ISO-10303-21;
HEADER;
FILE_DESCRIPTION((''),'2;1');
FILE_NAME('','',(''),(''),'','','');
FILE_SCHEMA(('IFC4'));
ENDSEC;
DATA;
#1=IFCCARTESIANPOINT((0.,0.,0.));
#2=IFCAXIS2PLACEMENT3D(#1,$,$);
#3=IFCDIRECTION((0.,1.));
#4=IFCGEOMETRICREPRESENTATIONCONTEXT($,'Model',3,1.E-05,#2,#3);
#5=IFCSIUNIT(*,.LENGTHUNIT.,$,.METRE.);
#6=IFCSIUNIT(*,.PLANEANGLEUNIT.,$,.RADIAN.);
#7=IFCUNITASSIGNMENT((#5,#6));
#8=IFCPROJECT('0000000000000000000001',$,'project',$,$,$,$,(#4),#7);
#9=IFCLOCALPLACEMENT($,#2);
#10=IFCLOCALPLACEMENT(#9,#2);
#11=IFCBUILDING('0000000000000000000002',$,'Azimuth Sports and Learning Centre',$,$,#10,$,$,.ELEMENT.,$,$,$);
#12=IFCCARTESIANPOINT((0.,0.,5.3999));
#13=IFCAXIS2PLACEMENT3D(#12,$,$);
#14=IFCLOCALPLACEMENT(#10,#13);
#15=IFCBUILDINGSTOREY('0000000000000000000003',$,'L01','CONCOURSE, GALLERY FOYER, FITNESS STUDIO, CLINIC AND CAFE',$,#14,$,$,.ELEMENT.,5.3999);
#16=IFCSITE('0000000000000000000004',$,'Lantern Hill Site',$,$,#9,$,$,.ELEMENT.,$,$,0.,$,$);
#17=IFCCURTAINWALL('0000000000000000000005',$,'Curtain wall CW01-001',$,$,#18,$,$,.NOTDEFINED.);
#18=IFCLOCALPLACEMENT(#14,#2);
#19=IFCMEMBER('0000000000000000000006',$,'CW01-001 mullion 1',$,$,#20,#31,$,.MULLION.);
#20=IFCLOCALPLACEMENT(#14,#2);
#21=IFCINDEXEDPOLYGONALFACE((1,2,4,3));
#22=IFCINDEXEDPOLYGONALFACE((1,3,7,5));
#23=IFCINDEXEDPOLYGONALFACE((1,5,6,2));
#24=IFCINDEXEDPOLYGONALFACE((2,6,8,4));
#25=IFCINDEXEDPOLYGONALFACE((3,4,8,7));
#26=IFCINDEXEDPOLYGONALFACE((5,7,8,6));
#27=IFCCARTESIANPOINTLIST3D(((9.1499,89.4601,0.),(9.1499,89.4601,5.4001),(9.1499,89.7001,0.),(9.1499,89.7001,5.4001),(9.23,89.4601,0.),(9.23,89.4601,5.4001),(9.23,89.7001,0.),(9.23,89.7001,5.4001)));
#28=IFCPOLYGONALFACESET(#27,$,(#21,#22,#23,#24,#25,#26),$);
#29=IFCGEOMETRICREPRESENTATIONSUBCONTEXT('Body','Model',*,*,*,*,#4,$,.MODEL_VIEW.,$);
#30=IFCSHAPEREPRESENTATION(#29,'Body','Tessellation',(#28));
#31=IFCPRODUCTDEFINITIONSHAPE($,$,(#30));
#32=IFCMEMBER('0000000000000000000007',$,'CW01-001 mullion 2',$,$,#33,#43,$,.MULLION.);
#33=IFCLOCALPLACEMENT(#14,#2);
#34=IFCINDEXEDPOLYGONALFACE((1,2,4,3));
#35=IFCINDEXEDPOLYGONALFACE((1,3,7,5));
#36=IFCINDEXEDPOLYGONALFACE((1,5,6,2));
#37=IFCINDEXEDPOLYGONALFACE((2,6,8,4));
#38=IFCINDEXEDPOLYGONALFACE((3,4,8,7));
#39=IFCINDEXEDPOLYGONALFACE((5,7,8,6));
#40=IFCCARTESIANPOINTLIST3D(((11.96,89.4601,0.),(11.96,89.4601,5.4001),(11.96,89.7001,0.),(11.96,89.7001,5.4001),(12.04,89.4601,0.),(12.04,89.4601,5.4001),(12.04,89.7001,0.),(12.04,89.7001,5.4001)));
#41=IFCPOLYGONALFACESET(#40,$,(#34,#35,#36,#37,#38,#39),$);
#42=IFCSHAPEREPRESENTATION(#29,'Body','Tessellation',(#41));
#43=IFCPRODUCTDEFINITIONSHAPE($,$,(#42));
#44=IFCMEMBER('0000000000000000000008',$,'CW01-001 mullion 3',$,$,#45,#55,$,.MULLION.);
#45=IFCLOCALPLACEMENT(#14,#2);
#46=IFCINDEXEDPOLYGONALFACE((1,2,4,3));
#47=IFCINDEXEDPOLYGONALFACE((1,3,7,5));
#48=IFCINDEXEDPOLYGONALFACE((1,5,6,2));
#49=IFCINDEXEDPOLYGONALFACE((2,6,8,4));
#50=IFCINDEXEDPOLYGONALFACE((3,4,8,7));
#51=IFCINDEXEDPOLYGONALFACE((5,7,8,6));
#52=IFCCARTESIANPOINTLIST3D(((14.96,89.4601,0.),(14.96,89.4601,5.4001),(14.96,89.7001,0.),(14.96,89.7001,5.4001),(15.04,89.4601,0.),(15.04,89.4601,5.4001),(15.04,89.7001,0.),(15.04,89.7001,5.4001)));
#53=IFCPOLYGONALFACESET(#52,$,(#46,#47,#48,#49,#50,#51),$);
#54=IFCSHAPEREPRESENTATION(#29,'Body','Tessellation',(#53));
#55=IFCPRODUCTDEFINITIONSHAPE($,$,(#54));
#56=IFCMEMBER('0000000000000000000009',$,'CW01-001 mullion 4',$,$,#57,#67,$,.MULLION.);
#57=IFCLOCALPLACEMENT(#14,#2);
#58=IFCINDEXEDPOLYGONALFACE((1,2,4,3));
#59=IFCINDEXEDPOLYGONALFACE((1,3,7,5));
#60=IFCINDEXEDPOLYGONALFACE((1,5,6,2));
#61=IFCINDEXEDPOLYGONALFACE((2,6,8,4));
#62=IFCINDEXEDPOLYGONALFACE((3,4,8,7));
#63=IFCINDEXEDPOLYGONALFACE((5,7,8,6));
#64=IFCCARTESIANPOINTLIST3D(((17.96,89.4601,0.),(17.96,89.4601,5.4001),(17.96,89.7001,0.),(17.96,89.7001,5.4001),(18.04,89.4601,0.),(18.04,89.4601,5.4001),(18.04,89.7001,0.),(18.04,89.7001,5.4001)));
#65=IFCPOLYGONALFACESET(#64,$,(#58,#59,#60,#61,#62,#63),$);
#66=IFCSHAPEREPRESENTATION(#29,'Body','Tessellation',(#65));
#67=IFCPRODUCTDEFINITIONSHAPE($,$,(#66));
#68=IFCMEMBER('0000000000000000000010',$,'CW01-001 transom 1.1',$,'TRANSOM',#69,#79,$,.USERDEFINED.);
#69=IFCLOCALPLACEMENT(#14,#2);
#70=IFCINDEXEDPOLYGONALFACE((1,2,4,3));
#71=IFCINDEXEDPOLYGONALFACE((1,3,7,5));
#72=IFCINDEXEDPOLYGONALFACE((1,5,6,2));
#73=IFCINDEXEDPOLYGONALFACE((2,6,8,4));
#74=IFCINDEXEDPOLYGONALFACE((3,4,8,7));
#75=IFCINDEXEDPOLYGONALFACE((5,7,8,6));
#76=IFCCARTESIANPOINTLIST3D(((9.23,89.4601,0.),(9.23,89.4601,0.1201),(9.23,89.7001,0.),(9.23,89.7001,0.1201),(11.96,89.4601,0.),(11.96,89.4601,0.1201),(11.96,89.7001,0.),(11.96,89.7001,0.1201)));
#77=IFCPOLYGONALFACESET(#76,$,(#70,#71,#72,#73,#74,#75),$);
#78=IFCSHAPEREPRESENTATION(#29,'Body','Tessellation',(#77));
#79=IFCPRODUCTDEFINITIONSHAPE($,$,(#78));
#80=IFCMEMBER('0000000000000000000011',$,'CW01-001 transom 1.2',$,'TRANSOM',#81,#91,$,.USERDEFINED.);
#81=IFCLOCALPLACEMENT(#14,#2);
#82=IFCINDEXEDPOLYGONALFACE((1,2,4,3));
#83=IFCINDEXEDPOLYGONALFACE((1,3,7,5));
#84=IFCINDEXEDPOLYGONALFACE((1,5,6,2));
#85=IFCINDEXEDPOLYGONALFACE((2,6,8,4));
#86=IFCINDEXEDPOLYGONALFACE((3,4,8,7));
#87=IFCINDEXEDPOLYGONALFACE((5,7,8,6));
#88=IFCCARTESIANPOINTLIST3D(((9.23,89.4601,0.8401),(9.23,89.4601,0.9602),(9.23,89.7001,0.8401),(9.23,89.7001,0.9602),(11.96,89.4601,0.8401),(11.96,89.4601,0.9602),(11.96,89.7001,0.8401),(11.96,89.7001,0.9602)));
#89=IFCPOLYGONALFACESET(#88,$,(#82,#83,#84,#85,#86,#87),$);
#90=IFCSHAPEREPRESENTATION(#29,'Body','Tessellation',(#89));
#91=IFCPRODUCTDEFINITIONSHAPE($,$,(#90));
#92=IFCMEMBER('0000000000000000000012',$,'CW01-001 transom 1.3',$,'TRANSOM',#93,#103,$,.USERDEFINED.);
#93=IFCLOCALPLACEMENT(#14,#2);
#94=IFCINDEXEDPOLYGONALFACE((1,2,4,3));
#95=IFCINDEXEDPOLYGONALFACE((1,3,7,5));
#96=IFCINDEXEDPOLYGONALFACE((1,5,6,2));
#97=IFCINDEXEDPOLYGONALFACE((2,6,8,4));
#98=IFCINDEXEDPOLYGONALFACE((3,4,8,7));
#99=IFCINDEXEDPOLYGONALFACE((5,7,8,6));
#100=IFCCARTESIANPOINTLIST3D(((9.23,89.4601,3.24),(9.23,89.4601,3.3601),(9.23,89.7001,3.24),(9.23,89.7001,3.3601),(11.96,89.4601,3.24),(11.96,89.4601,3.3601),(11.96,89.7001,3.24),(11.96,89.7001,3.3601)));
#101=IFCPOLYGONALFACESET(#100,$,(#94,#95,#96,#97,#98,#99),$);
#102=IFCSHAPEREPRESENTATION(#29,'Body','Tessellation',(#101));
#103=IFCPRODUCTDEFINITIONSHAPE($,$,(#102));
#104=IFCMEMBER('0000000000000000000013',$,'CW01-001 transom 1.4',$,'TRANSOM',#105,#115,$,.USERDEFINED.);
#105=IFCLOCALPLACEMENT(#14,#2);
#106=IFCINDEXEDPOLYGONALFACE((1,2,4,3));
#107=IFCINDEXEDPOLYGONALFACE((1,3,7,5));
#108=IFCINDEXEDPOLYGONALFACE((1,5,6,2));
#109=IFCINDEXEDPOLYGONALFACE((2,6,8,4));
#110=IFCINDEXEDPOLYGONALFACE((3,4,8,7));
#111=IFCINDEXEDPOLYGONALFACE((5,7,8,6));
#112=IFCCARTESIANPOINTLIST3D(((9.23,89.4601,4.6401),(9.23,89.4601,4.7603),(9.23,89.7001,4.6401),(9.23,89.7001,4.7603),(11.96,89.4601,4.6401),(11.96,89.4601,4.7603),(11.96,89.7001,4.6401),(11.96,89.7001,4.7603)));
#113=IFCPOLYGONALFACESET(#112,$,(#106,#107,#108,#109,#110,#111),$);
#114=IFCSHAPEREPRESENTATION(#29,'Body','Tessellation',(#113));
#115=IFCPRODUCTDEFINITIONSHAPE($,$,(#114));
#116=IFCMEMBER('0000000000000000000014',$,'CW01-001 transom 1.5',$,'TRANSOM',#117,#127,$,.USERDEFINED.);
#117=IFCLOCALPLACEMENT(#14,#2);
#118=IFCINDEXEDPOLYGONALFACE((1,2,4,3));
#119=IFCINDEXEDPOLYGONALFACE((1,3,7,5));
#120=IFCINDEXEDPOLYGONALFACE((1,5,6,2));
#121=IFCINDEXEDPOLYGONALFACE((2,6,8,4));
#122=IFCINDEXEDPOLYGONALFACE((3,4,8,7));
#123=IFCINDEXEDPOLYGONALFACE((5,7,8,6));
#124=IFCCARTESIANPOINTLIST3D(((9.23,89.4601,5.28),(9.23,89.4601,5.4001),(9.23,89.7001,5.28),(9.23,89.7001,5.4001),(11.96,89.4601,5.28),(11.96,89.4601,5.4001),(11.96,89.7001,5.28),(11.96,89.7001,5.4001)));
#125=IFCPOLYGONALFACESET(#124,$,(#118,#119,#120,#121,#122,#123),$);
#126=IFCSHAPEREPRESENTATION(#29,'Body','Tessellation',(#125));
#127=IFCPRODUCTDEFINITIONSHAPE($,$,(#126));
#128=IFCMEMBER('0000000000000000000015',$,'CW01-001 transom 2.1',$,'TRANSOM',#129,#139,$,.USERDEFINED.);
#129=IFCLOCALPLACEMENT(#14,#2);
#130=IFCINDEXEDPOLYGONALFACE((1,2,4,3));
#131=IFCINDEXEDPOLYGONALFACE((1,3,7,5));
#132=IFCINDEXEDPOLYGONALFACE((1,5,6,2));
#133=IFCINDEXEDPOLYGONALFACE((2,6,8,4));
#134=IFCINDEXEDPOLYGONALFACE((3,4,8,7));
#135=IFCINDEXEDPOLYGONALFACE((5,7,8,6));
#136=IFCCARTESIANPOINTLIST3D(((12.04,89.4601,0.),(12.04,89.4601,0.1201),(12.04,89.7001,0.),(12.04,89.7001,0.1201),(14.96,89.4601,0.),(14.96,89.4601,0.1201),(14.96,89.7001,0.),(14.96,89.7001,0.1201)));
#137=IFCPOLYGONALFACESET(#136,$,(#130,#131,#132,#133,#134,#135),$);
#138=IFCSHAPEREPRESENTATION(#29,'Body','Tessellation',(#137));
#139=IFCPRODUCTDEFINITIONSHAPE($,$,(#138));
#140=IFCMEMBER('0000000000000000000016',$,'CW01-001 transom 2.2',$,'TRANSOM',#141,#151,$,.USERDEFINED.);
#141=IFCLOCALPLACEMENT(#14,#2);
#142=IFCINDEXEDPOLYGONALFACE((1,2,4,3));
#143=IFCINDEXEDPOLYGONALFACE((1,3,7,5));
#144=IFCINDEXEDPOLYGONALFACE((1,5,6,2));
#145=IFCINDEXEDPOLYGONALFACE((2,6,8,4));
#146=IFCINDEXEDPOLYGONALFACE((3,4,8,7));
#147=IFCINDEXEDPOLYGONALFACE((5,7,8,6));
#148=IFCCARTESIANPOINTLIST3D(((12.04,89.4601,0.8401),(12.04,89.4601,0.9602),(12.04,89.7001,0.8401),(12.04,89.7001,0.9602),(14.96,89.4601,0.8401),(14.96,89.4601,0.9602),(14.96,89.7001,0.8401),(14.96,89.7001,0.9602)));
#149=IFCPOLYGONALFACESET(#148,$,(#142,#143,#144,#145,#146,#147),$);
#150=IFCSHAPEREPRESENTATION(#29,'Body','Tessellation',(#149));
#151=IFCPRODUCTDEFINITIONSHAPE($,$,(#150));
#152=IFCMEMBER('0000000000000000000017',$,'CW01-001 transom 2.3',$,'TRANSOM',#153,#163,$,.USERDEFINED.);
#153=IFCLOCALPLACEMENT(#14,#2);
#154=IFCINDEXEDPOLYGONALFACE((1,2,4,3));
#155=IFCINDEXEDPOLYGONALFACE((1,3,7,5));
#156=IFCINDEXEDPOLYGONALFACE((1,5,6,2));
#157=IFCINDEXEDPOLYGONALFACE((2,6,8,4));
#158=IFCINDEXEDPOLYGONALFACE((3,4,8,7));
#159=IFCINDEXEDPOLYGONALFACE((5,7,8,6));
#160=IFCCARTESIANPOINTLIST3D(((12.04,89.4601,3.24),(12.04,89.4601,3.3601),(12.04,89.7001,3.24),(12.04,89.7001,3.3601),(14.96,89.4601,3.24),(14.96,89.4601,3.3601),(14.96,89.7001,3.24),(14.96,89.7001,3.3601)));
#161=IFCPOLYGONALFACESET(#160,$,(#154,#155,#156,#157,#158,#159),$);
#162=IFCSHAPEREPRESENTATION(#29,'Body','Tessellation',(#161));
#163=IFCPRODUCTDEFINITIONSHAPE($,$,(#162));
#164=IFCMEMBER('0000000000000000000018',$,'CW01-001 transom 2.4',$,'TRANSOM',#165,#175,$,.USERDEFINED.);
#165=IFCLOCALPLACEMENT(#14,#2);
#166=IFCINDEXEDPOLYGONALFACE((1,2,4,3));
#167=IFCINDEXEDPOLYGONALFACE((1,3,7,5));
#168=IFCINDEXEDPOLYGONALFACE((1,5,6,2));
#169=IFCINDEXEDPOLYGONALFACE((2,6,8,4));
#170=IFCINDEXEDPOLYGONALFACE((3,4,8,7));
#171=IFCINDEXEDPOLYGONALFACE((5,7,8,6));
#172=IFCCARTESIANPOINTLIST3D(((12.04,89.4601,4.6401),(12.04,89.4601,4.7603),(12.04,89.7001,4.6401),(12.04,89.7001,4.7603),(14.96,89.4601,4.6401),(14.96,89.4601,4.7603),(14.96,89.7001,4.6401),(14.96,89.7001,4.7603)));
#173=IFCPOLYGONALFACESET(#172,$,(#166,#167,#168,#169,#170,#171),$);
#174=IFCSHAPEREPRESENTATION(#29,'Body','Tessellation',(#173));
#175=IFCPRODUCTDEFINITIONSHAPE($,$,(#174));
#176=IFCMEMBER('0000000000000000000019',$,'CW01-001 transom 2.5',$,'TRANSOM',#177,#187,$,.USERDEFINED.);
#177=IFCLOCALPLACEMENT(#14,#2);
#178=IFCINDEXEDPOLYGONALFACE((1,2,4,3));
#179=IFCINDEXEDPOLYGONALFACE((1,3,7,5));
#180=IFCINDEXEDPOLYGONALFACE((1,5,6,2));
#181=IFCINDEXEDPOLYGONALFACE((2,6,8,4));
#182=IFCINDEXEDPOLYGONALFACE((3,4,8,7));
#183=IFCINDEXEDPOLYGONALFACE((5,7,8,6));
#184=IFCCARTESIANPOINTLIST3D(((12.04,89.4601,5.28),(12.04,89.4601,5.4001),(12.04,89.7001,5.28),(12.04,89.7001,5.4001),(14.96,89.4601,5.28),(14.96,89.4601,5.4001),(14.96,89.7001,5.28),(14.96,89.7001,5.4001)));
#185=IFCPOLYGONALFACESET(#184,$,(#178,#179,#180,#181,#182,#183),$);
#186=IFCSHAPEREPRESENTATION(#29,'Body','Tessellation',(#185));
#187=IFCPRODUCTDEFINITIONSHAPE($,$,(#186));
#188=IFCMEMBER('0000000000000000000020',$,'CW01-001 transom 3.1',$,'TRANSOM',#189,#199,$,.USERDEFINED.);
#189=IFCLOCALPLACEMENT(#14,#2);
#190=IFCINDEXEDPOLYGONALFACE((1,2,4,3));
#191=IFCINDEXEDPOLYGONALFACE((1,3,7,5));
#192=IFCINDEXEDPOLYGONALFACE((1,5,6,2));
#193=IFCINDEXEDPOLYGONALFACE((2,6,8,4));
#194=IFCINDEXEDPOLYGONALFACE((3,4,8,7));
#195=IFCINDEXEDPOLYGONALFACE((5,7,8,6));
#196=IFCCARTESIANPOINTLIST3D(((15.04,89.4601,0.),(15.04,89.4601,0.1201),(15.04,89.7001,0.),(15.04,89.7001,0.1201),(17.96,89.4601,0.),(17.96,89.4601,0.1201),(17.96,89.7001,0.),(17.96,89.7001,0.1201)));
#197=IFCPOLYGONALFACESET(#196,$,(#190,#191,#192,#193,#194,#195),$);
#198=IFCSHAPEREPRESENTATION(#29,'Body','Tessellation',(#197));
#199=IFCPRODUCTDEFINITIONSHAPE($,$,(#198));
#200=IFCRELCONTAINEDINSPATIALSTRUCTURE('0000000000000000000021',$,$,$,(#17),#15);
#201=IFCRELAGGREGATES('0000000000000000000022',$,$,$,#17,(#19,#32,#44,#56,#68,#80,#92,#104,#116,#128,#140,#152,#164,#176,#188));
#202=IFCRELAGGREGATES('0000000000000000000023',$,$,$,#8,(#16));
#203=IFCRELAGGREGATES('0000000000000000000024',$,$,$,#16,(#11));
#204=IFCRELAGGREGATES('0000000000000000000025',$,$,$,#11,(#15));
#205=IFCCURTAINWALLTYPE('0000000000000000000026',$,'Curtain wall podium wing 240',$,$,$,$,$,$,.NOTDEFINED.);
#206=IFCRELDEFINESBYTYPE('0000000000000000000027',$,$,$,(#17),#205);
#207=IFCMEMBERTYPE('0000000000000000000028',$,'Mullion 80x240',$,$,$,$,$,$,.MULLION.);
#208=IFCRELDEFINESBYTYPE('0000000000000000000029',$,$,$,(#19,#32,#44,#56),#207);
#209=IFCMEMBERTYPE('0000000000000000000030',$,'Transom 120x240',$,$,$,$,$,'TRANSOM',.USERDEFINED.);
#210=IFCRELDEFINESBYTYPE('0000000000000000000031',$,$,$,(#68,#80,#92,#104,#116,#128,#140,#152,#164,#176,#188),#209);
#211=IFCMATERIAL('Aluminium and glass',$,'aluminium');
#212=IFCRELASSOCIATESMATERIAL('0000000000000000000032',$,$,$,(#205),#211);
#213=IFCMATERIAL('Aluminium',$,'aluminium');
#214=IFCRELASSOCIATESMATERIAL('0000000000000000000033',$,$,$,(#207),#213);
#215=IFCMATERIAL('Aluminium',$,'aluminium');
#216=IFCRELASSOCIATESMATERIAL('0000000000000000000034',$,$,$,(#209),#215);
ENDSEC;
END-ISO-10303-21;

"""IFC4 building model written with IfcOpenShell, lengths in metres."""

from ifc_helpers import new_model, si_unit, direction, frame, origin, origin_2d, place, context, subcontext, project, spatial, rectangle, extrude, material, material_profile, profile_set, type_object, element, aggregate, save


model = new_model("IFC4")

# Units and contexts
model_context = context("Model", 3, precision=1e-05, world=origin(), true_north=direction((0.0, 1.0)))
body_context = subcontext(model_context, "Body", "Model", "MODEL_VIEW")
ifc_project = project(units=[si_unit("LENGTHUNIT", "METRE"), si_unit("PLANEANGLEUNIT", "RADIAN")], contexts=[model_context])

# Site, building, storey
site_placement = place(None, origin())
site = spatial("IfcSite", under=ifc_project, at=site_placement, Name="Lantern Hill Site", CompositionType="ELEMENT", RefElevation=0.0)
building_placement = place(site_placement, origin())
building = spatial("IfcBuilding", under=site, at=building_placement, Name="Azimuth Sports and Learning Centre", CompositionType="ELEMENT")
storey_placement = place(building_placement, frame((0.0, 0.0, 5.3999)))
storey = spatial("IfcBuildingStorey", under=building, at=storey_placement, Name="L01", Description="CONCOURSE, GALLERY FOYER, FITNESS STUDIO, CLINIC AND CAFE", CompositionType="ELEMENT", Elevation=5.3999)

# Curtain wall, members
ifc_material_1 = material(Name="Aluminium and glass", Category="aluminium")
curtain_wall_type = type_object("IfcCurtainWallType", Name="Curtain wall podium wing 240", PredefinedType="NOTDEFINED", material=ifc_material_1)
curtain_wall_placement = place(storey_placement, origin())
curtain_wall = element("IfcCurtainWall", 1, at=curtain_wall_placement, inside=storey, type_object=curtain_wall_type, Name="Curtain wall CW01-001", PredefinedType="NOTDEFINED")
ifc_material_2 = material(Name="Aluminium", Category="aluminium")
ifc_material_profile_1 = material_profile(ifc_material_2, rectangle(XDim=0.24, YDim=0.0801, at=origin_2d()), Name="Mullion 80x240")
ifc_profile_set_1 = profile_set([ifc_material_profile_1], Name="Aluminium")
member_type_1 = type_object("IfcMemberType", Name="Mullion 80x240", PredefinedType="MULLION", material=ifc_profile_set_1)
member_1_placement = place(storey_placement, frame((9.1899, 89.5801, 0.0), z_axis=(0.0, 0.0, 1.0), x_axis=(0.0, 1.0, 0.0)))
member_1 = element("IfcMember", 2, at=member_1_placement, type_object=member_type_1, Name="CW01-001 mullion 1", PredefinedType="MULLION", context=body_context, shape_type="SweptSolid", body=[
    extrude(rectangle(XDim=0.24, YDim=0.0801, at=origin_2d()), origin(), (0.0, 0.0, 1.0), 5.4001),
])
member_2_placement = place(storey_placement, frame((12.0, 89.5801, 0.0), z_axis=(0.0, 0.0, 1.0), x_axis=(0.0, 1.0, 0.0)))
member_2 = element("IfcMember", 3, at=member_2_placement, type_object=member_type_1, Name="CW01-001 mullion 2", PredefinedType="MULLION", context=body_context, shape_type="SweptSolid", body=[
    extrude(rectangle(XDim=0.24, YDim=0.0801, at=origin_2d()), origin(), (0.0, 0.0, 1.0), 5.4001),
])
member_3_placement = place(storey_placement, frame((15.0, 89.5801, 0.0), z_axis=(0.0, 0.0, 1.0), x_axis=(0.0, 1.0, 0.0)))
member_3 = element("IfcMember", 4, at=member_3_placement, type_object=member_type_1, Name="CW01-001 mullion 3", PredefinedType="MULLION", context=body_context, shape_type="SweptSolid", body=[
    extrude(rectangle(XDim=0.24, YDim=0.0801, at=origin_2d()), origin(), (0.0, 0.0, 1.0), 5.4001),
])
member_4_placement = place(storey_placement, frame((18.0, 89.5801, 0.0), z_axis=(0.0, 0.0, 1.0), x_axis=(0.0, 1.0, 0.0)))
member_4 = element("IfcMember", 5, at=member_4_placement, type_object=member_type_1, Name="CW01-001 mullion 4", PredefinedType="MULLION", context=body_context, shape_type="SweptSolid", body=[
    extrude(rectangle(XDim=0.24, YDim=0.0801, at=origin_2d()), origin(), (0.0, 0.0, 1.0), 5.4001),
])
ifc_material_3 = material(Name="Aluminium", Category="aluminium")
ifc_material_profile_2 = material_profile(ifc_material_3, rectangle(XDim=0.24, YDim=0.1201, at=origin_2d()), Name="Transom 120x240")
ifc_profile_set_2 = profile_set([ifc_material_profile_2], Name="Aluminium")
member_type_2 = type_object("IfcMemberType", Name="Transom 120x240", ElementType="TRANSOM", PredefinedType="USERDEFINED", material=ifc_profile_set_2)
member_5_placement = place(storey_placement, frame((9.23, 89.5801, 0.0601), z_axis=(1.0, 0.0, 0.0), x_axis=(0.0, 1.0, 0.0)))
member_5 = element("IfcMember", 6, at=member_5_placement, type_object=member_type_2, Name="CW01-001 transom 1.1", ObjectType="TRANSOM", PredefinedType="USERDEFINED", context=body_context, shape_type="SweptSolid", body=[
    extrude(rectangle(XDim=0.24, YDim=0.1201, at=origin_2d()), origin(), (0.0, 0.0, 1.0), 2.73),
])
member_6_placement = place(storey_placement, frame((9.23, 89.5801, 0.9001), z_axis=(1.0, 0.0, 0.0), x_axis=(0.0, 1.0, 0.0)))
member_6 = element("IfcMember", 7, at=member_6_placement, type_object=member_type_2, Name="CW01-001 transom 1.2", ObjectType="TRANSOM", PredefinedType="USERDEFINED", context=body_context, shape_type="SweptSolid", body=[
    extrude(rectangle(XDim=0.24, YDim=0.1201, at=origin_2d()), origin(), (0.0, 0.0, 1.0), 2.73),
])
member_7_placement = place(storey_placement, frame((9.23, 89.5801, 3.3), z_axis=(1.0, 0.0, 0.0), x_axis=(0.0, 1.0, 0.0)))
member_7 = element("IfcMember", 8, at=member_7_placement, type_object=member_type_2, Name="CW01-001 transom 1.3", ObjectType="TRANSOM", PredefinedType="USERDEFINED", context=body_context, shape_type="SweptSolid", body=[
    extrude(rectangle(XDim=0.24, YDim=0.1201, at=origin_2d()), origin(), (0.0, 0.0, 1.0), 2.73),
])
member_8_placement = place(storey_placement, frame((9.23, 89.5801, 4.7002), z_axis=(1.0, 0.0, 0.0), x_axis=(0.0, 1.0, 0.0)))
member_8 = element("IfcMember", 9, at=member_8_placement, type_object=member_type_2, Name="CW01-001 transom 1.4", ObjectType="TRANSOM", PredefinedType="USERDEFINED", context=body_context, shape_type="SweptSolid", body=[
    extrude(rectangle(XDim=0.24, YDim=0.1201, at=origin_2d()), origin(), (0.0, 0.0, 1.0), 2.73),
])
member_9_placement = place(storey_placement, frame((9.23, 89.5801, 5.3401), z_axis=(1.0, 0.0, 0.0), x_axis=(0.0, 1.0, 0.0)))
member_9 = element("IfcMember", 10, at=member_9_placement, type_object=member_type_2, Name="CW01-001 transom 1.5", ObjectType="TRANSOM", PredefinedType="USERDEFINED", context=body_context, shape_type="SweptSolid", body=[
    extrude(rectangle(XDim=0.24, YDim=0.1201, at=origin_2d()), origin(), (0.0, 0.0, 1.0), 2.73),
])
member_10_placement = place(storey_placement, frame((12.04, 89.5801, 0.0601), z_axis=(1.0, 0.0, 0.0), x_axis=(0.0, 1.0, 0.0)))
member_10 = element("IfcMember", 11, at=member_10_placement, type_object=member_type_2, Name="CW01-001 transom 2.1", ObjectType="TRANSOM", PredefinedType="USERDEFINED", context=body_context, shape_type="SweptSolid", body=[
    extrude(rectangle(XDim=0.24, YDim=0.1201, at=origin_2d()), origin(), (0.0, 0.0, 1.0), 2.9199),
])
member_11_placement = place(storey_placement, frame((12.04, 89.5801, 0.9001), z_axis=(1.0, 0.0, 0.0), x_axis=(0.0, 1.0, 0.0)))
member_11 = element("IfcMember", 12, at=member_11_placement, type_object=member_type_2, Name="CW01-001 transom 2.2", ObjectType="TRANSOM", PredefinedType="USERDEFINED", context=body_context, shape_type="SweptSolid", body=[
    extrude(rectangle(XDim=0.24, YDim=0.1201, at=origin_2d()), origin(), (0.0, 0.0, 1.0), 2.9199),
])
member_12_placement = place(storey_placement, frame((12.04, 89.5801, 3.3), z_axis=(1.0, 0.0, 0.0), x_axis=(0.0, 1.0, 0.0)))
member_12 = element("IfcMember", 13, at=member_12_placement, type_object=member_type_2, Name="CW01-001 transom 2.3", ObjectType="TRANSOM", PredefinedType="USERDEFINED", context=body_context, shape_type="SweptSolid", body=[
    extrude(rectangle(XDim=0.24, YDim=0.1201, at=origin_2d()), origin(), (0.0, 0.0, 1.0), 2.9199),
])
member_13_placement = place(storey_placement, frame((12.04, 89.5801, 4.7002), z_axis=(1.0, 0.0, 0.0), x_axis=(0.0, 1.0, 0.0)))
member_13 = element("IfcMember", 14, at=member_13_placement, type_object=member_type_2, Name="CW01-001 transom 2.4", ObjectType="TRANSOM", PredefinedType="USERDEFINED", context=body_context, shape_type="SweptSolid", body=[
    extrude(rectangle(XDim=0.24, YDim=0.1201, at=origin_2d()), origin(), (0.0, 0.0, 1.0), 2.9199),
])
member_14_placement = place(storey_placement, frame((12.04, 89.5801, 5.3401), z_axis=(1.0, 0.0, 0.0), x_axis=(0.0, 1.0, 0.0)))
member_14 = element("IfcMember", 15, at=member_14_placement, type_object=member_type_2, Name="CW01-001 transom 2.5", ObjectType="TRANSOM", PredefinedType="USERDEFINED", context=body_context, shape_type="SweptSolid", body=[
    extrude(rectangle(XDim=0.24, YDim=0.1201, at=origin_2d()), origin(), (0.0, 0.0, 1.0), 2.9199),
])
member_15_placement = place(storey_placement, frame((15.04, 89.5801, 0.0601), z_axis=(1.0, 0.0, 0.0), x_axis=(0.0, 1.0, 0.0)))
member_15 = element("IfcMember", 16, at=member_15_placement, type_object=member_type_2, Name="CW01-001 transom 3.1", ObjectType="TRANSOM", PredefinedType="USERDEFINED", context=body_context, shape_type="SweptSolid", body=[
    extrude(rectangle(XDim=0.24, YDim=0.1201, at=origin_2d()), origin(), (0.0, 0.0, 1.0), 2.9199),
])
aggregate(curtain_wall, [member_1, member_2, member_3, member_4, member_5, member_6, member_7, member_8, member_9, member_10, member_11, member_12, member_13, member_14, member_15])

save(model, "model.ifc")
